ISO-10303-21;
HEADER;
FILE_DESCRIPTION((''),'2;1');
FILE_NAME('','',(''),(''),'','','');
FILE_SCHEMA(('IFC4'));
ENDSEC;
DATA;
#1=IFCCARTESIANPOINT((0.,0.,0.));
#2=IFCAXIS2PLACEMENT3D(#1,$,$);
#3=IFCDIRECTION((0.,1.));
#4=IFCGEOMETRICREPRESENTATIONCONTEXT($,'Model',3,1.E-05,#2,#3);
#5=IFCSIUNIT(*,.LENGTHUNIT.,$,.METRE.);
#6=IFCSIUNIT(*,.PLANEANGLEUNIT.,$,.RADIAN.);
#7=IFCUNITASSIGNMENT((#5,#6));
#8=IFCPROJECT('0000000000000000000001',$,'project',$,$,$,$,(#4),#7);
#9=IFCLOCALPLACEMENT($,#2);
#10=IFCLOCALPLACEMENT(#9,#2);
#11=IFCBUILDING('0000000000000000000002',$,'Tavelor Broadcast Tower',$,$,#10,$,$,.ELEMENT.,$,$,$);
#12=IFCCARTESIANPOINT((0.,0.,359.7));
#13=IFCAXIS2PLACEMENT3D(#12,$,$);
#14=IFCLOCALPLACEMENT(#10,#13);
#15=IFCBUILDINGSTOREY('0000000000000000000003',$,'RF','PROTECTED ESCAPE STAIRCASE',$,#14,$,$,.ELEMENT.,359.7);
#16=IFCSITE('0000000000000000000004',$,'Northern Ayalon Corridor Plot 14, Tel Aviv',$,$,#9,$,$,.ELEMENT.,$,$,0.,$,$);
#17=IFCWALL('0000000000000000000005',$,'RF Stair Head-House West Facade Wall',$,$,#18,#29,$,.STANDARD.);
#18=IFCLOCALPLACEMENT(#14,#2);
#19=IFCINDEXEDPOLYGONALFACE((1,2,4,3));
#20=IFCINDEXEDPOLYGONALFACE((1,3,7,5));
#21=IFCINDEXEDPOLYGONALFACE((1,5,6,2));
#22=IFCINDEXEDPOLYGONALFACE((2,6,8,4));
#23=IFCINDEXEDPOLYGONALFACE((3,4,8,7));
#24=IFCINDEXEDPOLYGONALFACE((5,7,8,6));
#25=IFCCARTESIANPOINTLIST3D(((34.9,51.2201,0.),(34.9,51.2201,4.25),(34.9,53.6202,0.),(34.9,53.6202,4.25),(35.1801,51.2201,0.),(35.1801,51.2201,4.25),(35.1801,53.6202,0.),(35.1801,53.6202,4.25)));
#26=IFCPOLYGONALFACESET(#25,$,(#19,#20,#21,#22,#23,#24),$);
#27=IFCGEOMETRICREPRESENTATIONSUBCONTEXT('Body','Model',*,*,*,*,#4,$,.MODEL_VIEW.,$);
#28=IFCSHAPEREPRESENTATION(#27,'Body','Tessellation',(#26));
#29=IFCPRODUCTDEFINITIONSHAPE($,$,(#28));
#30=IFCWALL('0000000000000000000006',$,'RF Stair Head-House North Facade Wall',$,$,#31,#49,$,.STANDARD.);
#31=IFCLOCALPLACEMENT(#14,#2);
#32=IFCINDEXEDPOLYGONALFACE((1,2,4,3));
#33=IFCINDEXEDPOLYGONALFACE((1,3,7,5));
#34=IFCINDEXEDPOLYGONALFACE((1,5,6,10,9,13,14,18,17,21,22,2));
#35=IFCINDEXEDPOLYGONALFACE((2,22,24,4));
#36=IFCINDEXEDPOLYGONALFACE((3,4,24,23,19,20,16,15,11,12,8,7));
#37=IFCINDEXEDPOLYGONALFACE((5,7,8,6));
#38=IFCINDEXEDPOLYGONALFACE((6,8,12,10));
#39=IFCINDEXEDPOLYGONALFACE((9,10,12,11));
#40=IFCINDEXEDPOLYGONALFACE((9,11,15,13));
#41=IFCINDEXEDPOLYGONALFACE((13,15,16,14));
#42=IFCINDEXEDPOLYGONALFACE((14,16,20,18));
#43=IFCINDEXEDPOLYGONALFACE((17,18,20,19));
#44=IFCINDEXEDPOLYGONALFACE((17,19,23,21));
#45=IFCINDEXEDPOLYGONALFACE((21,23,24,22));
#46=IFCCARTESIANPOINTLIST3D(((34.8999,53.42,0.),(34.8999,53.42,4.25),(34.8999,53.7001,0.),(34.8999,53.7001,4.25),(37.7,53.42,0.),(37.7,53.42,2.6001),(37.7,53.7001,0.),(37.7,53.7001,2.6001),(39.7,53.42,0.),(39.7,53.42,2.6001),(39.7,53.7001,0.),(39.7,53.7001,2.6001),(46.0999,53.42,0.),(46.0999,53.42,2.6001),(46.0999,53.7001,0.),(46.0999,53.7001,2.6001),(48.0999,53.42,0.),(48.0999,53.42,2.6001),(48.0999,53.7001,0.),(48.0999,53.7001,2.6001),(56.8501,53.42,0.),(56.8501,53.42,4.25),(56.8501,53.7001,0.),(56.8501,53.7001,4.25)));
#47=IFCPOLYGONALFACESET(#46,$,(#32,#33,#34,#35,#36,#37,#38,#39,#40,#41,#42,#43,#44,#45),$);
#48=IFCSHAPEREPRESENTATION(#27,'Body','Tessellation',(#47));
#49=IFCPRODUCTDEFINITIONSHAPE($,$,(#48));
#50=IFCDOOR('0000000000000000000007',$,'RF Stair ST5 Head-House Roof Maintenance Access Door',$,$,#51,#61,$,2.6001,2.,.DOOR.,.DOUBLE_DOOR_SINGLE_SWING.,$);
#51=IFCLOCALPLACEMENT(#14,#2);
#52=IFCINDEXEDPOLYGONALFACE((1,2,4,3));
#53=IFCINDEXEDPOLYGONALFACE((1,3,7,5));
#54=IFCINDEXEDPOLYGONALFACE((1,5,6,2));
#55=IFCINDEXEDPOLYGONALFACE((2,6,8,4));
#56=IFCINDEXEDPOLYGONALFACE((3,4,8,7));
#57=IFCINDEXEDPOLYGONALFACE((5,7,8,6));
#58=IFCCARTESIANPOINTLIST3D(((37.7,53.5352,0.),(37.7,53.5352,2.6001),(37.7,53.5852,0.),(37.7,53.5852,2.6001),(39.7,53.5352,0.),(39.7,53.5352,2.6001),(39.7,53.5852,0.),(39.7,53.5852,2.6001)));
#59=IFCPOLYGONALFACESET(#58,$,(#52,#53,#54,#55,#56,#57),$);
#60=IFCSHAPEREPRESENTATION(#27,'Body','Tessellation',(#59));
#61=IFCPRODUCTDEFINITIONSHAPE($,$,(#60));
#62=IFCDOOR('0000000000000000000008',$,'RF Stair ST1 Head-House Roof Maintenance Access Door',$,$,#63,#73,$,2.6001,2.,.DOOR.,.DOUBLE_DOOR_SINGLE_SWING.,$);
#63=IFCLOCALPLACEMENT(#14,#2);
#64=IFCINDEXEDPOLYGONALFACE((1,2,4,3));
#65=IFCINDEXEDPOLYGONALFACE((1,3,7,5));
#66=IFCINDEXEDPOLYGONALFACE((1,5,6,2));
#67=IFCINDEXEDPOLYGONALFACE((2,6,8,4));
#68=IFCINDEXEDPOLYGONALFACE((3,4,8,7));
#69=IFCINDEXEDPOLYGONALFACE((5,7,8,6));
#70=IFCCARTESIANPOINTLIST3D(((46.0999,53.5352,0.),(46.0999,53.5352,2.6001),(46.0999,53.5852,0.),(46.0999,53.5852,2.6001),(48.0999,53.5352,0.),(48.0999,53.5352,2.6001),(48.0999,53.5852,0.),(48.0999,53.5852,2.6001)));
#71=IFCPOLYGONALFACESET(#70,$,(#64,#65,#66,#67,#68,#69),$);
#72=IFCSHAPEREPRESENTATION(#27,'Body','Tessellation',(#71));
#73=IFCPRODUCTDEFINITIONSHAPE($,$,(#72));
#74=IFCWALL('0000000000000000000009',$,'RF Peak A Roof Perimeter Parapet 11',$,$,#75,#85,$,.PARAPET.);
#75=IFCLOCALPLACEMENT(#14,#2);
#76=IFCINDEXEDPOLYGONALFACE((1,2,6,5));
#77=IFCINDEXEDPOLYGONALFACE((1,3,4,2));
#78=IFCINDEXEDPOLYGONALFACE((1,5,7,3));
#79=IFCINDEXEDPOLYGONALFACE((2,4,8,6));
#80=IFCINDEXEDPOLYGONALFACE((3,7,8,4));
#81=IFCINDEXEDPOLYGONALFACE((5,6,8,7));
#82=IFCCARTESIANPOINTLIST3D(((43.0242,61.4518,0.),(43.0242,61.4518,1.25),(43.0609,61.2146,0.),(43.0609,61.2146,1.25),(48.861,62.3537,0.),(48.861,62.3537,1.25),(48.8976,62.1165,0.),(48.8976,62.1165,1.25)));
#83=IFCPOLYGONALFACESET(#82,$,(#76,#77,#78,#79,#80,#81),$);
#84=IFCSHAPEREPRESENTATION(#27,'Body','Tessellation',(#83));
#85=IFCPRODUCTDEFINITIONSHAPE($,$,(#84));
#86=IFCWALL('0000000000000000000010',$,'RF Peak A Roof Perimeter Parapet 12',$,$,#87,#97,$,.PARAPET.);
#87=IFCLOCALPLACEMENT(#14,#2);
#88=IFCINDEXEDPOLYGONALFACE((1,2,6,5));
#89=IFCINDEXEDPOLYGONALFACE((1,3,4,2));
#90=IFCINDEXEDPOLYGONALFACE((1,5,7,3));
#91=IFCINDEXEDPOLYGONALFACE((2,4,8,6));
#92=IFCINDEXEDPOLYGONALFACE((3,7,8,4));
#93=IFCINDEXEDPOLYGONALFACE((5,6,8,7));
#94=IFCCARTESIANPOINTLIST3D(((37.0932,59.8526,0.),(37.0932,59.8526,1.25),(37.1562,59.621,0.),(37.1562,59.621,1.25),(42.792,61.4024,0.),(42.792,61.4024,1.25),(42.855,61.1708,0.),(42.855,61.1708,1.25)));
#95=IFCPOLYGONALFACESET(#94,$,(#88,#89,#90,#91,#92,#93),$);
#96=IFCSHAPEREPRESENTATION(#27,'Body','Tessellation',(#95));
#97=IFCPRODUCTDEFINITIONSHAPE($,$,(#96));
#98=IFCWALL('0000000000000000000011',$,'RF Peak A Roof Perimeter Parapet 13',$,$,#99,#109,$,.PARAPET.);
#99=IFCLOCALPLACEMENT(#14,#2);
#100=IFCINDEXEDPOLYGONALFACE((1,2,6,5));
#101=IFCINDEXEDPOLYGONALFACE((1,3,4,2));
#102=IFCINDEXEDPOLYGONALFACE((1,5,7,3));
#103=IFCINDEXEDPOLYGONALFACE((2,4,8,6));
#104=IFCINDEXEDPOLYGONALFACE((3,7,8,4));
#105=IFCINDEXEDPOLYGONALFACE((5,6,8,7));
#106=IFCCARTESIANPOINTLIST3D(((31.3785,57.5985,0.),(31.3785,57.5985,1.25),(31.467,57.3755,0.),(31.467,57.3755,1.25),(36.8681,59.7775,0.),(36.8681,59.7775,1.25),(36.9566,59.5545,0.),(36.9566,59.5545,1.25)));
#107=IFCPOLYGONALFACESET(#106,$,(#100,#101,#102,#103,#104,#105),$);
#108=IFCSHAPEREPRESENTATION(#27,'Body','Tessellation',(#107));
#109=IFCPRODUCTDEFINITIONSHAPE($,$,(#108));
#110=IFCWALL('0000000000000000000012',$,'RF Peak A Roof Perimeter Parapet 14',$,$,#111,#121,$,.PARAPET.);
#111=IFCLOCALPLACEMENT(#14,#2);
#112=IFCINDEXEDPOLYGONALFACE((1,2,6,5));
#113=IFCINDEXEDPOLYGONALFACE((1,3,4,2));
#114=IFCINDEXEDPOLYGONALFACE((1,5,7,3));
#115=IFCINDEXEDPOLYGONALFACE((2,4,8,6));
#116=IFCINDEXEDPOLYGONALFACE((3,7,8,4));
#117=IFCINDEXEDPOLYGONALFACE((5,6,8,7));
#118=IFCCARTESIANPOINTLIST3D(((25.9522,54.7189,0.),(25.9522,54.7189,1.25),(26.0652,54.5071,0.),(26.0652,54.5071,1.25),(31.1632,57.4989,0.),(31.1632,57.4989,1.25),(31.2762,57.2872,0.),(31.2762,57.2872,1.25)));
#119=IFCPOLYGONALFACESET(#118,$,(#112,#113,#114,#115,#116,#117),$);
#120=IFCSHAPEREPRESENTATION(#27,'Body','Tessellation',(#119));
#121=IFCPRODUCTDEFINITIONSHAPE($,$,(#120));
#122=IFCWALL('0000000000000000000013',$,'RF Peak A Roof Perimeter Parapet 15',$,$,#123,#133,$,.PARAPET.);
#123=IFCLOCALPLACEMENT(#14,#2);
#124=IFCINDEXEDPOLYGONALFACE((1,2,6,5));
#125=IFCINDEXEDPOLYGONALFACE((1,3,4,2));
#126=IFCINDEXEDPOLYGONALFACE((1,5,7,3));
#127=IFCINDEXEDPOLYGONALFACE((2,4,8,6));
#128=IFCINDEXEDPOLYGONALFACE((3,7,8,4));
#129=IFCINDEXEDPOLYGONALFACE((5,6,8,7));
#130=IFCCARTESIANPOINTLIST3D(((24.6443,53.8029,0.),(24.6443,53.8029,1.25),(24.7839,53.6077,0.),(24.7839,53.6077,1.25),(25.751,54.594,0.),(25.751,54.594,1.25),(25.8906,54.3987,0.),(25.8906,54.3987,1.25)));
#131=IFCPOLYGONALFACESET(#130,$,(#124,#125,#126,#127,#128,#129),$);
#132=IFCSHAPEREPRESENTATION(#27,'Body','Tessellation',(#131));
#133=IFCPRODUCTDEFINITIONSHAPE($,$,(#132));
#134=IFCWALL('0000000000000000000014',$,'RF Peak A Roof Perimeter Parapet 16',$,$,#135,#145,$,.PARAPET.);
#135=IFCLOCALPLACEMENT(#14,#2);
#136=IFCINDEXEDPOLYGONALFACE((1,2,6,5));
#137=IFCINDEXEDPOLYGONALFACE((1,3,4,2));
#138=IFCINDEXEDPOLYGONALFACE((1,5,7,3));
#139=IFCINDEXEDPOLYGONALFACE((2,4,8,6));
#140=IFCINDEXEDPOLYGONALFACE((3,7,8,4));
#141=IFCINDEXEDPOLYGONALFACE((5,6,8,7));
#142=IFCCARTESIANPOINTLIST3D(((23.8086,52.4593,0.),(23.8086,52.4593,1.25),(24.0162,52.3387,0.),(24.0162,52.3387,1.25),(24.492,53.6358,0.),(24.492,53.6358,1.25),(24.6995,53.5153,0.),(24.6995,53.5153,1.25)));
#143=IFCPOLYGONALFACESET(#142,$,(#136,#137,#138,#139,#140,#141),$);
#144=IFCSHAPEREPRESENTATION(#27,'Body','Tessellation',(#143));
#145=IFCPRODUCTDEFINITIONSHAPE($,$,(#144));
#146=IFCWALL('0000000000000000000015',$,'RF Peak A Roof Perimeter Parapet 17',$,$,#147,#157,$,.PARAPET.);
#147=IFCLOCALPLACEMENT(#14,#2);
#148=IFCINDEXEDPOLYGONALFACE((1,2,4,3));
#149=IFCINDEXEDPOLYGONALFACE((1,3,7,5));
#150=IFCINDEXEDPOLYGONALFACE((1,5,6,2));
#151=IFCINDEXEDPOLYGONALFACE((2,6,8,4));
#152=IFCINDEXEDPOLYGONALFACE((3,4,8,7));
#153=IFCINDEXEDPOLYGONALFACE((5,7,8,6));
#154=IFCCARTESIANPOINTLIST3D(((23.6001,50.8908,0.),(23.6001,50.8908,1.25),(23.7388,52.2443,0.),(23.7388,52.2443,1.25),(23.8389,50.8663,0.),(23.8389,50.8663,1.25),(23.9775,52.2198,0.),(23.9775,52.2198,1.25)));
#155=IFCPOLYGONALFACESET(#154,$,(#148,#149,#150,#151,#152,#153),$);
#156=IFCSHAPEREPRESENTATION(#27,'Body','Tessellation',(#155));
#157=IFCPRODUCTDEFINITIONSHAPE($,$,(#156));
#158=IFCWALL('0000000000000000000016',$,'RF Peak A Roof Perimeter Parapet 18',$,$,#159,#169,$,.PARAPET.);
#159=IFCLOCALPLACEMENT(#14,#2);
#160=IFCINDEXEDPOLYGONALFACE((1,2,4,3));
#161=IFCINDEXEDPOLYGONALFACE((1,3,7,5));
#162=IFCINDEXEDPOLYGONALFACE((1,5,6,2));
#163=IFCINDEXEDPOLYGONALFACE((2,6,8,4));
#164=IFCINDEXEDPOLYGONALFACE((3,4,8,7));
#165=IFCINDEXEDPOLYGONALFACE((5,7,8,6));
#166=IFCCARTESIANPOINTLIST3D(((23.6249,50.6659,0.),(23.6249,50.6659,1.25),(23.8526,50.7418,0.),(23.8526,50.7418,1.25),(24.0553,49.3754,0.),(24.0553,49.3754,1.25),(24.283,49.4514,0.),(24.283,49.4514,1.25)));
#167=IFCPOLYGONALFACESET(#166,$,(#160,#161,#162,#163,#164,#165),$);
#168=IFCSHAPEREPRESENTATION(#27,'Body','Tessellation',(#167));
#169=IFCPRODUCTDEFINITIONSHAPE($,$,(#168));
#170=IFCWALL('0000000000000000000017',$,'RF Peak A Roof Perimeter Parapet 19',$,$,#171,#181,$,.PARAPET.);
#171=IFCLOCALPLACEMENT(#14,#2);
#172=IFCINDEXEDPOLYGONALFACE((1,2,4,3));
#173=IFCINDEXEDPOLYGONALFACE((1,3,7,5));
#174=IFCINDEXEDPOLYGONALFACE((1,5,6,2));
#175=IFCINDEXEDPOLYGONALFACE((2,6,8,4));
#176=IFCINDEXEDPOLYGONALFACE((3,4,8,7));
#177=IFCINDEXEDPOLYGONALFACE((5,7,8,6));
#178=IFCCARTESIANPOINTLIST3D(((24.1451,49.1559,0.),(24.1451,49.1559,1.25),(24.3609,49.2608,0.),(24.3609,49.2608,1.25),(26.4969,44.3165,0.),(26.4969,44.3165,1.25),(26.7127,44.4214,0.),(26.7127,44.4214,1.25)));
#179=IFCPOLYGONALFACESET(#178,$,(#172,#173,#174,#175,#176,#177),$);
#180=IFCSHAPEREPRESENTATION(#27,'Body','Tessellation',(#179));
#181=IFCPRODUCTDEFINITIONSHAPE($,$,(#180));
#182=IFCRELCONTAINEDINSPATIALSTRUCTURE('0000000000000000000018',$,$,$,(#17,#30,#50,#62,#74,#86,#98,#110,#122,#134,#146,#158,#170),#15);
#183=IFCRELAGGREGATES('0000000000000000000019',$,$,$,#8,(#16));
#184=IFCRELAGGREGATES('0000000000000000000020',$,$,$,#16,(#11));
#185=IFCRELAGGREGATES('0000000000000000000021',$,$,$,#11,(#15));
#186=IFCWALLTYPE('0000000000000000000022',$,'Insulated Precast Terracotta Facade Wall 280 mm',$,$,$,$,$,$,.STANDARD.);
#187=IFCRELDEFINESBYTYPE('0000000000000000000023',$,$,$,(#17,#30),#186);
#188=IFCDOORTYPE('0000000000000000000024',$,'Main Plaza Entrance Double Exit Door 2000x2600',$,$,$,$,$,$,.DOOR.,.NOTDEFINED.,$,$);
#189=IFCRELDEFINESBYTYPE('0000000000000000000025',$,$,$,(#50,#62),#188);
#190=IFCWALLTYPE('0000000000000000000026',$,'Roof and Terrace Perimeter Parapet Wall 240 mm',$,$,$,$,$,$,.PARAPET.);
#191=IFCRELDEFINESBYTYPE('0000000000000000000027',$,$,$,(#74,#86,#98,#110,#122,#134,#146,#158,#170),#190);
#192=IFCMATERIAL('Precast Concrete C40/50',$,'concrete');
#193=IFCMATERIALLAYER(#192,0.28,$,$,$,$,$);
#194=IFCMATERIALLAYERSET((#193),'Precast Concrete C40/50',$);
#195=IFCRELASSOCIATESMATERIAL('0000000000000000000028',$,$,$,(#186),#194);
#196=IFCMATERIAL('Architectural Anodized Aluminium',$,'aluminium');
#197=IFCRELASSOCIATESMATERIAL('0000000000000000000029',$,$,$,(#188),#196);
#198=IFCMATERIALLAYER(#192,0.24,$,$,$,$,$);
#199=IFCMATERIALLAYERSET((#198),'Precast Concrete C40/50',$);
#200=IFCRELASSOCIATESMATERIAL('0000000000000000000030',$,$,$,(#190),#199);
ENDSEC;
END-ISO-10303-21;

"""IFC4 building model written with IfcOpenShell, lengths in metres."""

from ifc_helpers import new_model, si_unit, direction, frame, frame_2d, origin, place, context, subcontext, project, spatial, rectangle, extrude, material, layer, layer_set, type_object, element, fill, save


model = new_model("IFC4")

# Units and contexts
model_context = context("Model", 3, precision=1e-05, world=origin(), true_north=direction((0.0, 1.0)))
body_context = subcontext(model_context, "Body", "Model", "MODEL_VIEW")
ifc_project = project(units=[si_unit("LENGTHUNIT", "METRE"), si_unit("PLANEANGLEUNIT", "RADIAN")], contexts=[model_context])

# Site, building, storey
site_placement = place(None, origin())
site = spatial("IfcSite", under=ifc_project, at=site_placement, Name="Northern Ayalon Corridor Plot 14, Tel Aviv", CompositionType="ELEMENT", RefElevation=0.0)
building_placement = place(site_placement, origin())
building = spatial("IfcBuilding", under=site, at=building_placement, Name="Tavelor Broadcast Tower", CompositionType="ELEMENT")
storey_placement = place(building_placement, frame((0.0, 0.0, 359.7)))
storey = spatial("IfcBuildingStorey", under=building, at=storey_placement, Name="RF", Description="PROTECTED ESCAPE STAIRCASE", CompositionType="ELEMENT", Elevation=359.7)

# Wall
ifc_material_1 = material(Name="Precast Concrete C40/50", Category="concrete")
ifc_layer_1 = layer(ifc_material_1, 0.28)
ifc_layer_set_1 = layer_set([ifc_layer_1], Name="Precast Concrete C40/50")
wall_type_1 = type_object("IfcWallType", Name="Insulated Precast Terracotta Facade Wall 280 mm", PredefinedType="STANDARD", material=ifc_layer_set_1)
wall_1_placement = place(storey_placement, frame((35.04, 51.22, 0.0), z_axis=(0.0, 0.0, 1.0), x_axis=(0.0, 1.0, 0.0)))
element("IfcWall", 1, at=wall_1_placement, inside=storey, type_object=wall_type_1, Name="RF Stair Head-House West Facade Wall", PredefinedType="STANDARD", context=body_context, shape_type="SweptSolid", body=[
    extrude(rectangle(XDim=2.4001, YDim=0.28, at=frame_2d((1.2002, 0.0))), origin(), (0.0, 0.0, 1.0), 4.25),
])

# Wall, openings, doors
wall_2_placement = place(storey_placement, frame((34.8999, 53.5601, 0.0), z_axis=(0.0, 0.0, 1.0), x_axis=(1.0, 0.0, 0.0)))
wall_2 = element("IfcWall", 2, at=wall_2_placement, inside=storey, type_object=wall_type_1, Name="RF Stair Head-House North Facade Wall", PredefinedType="STANDARD", context=body_context, shape_type="SweptSolid", body=[
    extrude(rectangle(XDim=21.9502, YDim=0.28, at=frame_2d((10.9751, 0.0))), origin(), (0.0, 0.0, 1.0), 4.25),
])
opening_1_placement = place(wall_2_placement, frame((2.8, 0.0, 0.0)))
opening_1 = element("IfcOpeningElement", 3, at=opening_1_placement, cuts=wall_2, PredefinedType="OPENING", context=body_context, shape_type="SweptSolid", body=[
    extrude(rectangle(XDim=2.0, YDim=2.6001, at=frame_2d((1.0, 1.3))), frame((0.0, 0.1499, 0.0), z_axis=(0.0, -1.0, 0.0), x_axis=(1.0, 0.0, 0.0)), (0.0, 0.0, 1.0), 0.3),
])
opening_2_placement = place(wall_2_placement, frame((11.2, 0.0, 0.0)))
opening_2 = element("IfcOpeningElement", 4, at=opening_2_placement, cuts=wall_2, PredefinedType="OPENING", context=body_context, shape_type="SweptSolid", body=[
    extrude(rectangle(XDim=2.0, YDim=2.6001, at=frame_2d((1.0, 1.3))), frame((0.0, 0.1499, 0.0), z_axis=(0.0, -1.0, 0.0), x_axis=(1.0, 0.0, 0.0)), (0.0, 0.0, 1.0), 0.3),
])
ifc_material_2 = material(Name="Architectural Anodized Aluminium", Category="aluminium")
door_type_1 = type_object("IfcDoorType", Name="Main Plaza Entrance Double Exit Door 2000x2600", OperationType="NOTDEFINED", PredefinedType="DOOR", material=ifc_material_2)
door_1_placement = place(opening_1_placement, frame((2.0, 0.0, 0.0), z_axis=(0.0, 0.0, 1.0), x_axis=(-1.0, 0.0, 0.0)))
door_1 = element("IfcDoor", 5, at=door_1_placement, inside=storey, type_object=door_type_1, Name="RF Stair ST5 Head-House Roof Maintenance Access Door", OperationType="DOUBLE_DOOR_SINGLE_SWING", OverallHeight=2.6001, OverallWidth=2.0, PredefinedType="DOOR", context=body_context, shape_type="SweptSolid", body=[
    extrude(rectangle(XDim=2.0, YDim=2.6001, at=frame_2d((1.0, 1.3))), frame((0.0, 0.0249, 0.0), z_axis=(0.0, -1.0, 0.0), x_axis=(1.0, 0.0, 0.0)), (0.0, 0.0, 1.0), 0.05),
])
fill(opening_1, door_1)
door_2_placement = place(opening_2_placement, frame((2.0, 0.0, 0.0), z_axis=(0.0, 0.0, 1.0), x_axis=(-1.0, 0.0, 0.0)))
door_2 = element("IfcDoor", 6, at=door_2_placement, inside=storey, type_object=door_type_1, Name="RF Stair ST1 Head-House Roof Maintenance Access Door", OperationType="DOUBLE_DOOR_SINGLE_SWING", OverallHeight=2.6001, OverallWidth=2.0, PredefinedType="DOOR", context=body_context, shape_type="SweptSolid", body=[
    extrude(rectangle(XDim=2.0, YDim=2.6001, at=frame_2d((1.0, 1.3))), frame((0.0, 0.0249, 0.0), z_axis=(0.0, -1.0, 0.0), x_axis=(1.0, 0.0, 0.0)), (0.0, 0.0, 1.0), 0.05),
])
fill(opening_2, door_2)

# Walls
ifc_layer_2 = layer(ifc_material_1, 0.24)
ifc_layer_set_2 = layer_set([ifc_layer_2], Name="Precast Concrete C40/50")
wall_type_2 = type_object("IfcWallType", Name="Roof and Terrace Perimeter Parapet Wall 240 mm", PredefinedType="PARAPET", material=ifc_layer_set_2)
wall_3_placement = place(storey_placement, frame((48.8794, 62.2351, 0.0), z_axis=(0.0, 0.0, 1.0), x_axis=(-0.988272, -0.152703, 0.0)))
element("IfcWall", 7, at=wall_3_placement, inside=storey, type_object=wall_type_2, Name="RF Peak A Roof Perimeter Parapet 11", PredefinedType="PARAPET", context=body_context, shape_type="SweptSolid", body=[
    extrude(rectangle(XDim=5.906, YDim=0.24, at=frame_2d((2.9531, 0.0))), origin(), (0.0, 0.0, 1.0), 1.25),
])
wall_4_placement = place(storey_placement, frame((42.8235, 61.2866, 0.0), z_axis=(0.0, 0.0, 1.0), x_axis=(-0.964952, -0.262425, 0.0)))
element("IfcWall", 8, at=wall_4_placement, inside=storey, type_object=wall_type_2, Name="RF Peak A Roof Perimeter Parapet 12", PredefinedType="PARAPET", context=body_context, shape_type="SweptSolid", body=[
    extrude(rectangle(XDim=5.9058, YDim=0.24, at=frame_2d((2.9529, 0.0))), origin(), (0.0, 0.0, 1.0), 1.25),
])
for number, where, z_axis, x_axis, name in (
    (9, (36.9124, 59.666, 0.0), (0.0, 0.0, 1.0), (-0.929457, -0.368931, 0.0), "RF Peak A Roof Perimeter Parapet 13"),
    (10, (31.2197, 57.3931, 0.0), (0.0, 0.0, 1.0), (-0.882292, -0.470702, 0.0), "RF Peak A Roof Perimeter Parapet 14"),
):
    element("IfcWall", number, at=place(storey_placement, frame(where, z_axis=z_axis, x_axis=x_axis)), inside=storey, type_object=wall_type_2, Name=name, PredefinedType="PARAPET", context=body_context, shape_type="SweptSolid", body=[
        extrude(rectangle(XDim=5.9062, YDim=0.24, at=frame_2d((2.9531, 0.0))), origin(), (0.0, 0.0, 1.0), 1.25),
    ])
wall_5_placement = place(storey_placement, frame((25.8208, 54.4963, 0.0), z_axis=(0.0, 0.0, 1.0), x_axis=(-0.813552, -0.581493, 0.0)))
element("IfcWall", 11, at=wall_5_placement, inside=storey, type_object=wall_type_2, Name="RF Peak A Roof Perimeter Parapet 15", PredefinedType="PARAPET", context=body_context, shape_type="SweptSolid", body=[
    extrude(rectangle(XDim=1.3604, YDim=0.24, at=frame_2d((0.6802, 0.0))), origin(), (0.0, 0.0, 1.0), 1.25),
])
for number, where, z_axis, x_axis, name in (
    (12, (24.5957, 53.5754, 0.0), (0.0, 0.0, 1.0), (-0.502252, -0.864721, 0.0), "RF Peak A Roof Perimeter Parapet 16"),
    (13, (23.8582, 52.2319, 0.0), (0.0, 0.0, 1.0), (-0.10192, -0.994793, 0.0), "RF Peak A Roof Perimeter Parapet 17"),
):
    element("IfcWall", number, at=place(storey_placement, frame(where, z_axis=z_axis, x_axis=x_axis)), inside=storey, type_object=wall_type_2, Name=name, PredefinedType="PARAPET", context=body_context, shape_type="SweptSolid", body=[
        extrude(rectangle(XDim=1.3606, YDim=0.24, at=frame_2d((0.6802, 0.0))), origin(), (0.0, 0.0, 1.0), 1.25),
    ])
wall_6_placement = place(storey_placement, frame((23.7388, 50.7039, 0.0), z_axis=(0.0, 0.0, 1.0), x_axis=(0.316389, -0.948629, 0.0)))
element("IfcWall", 14, at=wall_6_placement, inside=storey, type_object=wall_type_2, Name="RF Peak A Roof Perimeter Parapet 18", PredefinedType="PARAPET", context=body_context, shape_type="SweptSolid", body=[
    extrude(rectangle(XDim=1.3604, YDim=0.24, at=frame_2d((0.6802, 0.0))), origin(), (0.0, 0.0, 1.0), 1.25),
])
wall_7_placement = place(storey_placement, frame((24.2529, 49.2085, 0.0), z_axis=(0.0, 0.0, 1.0), x_axis=(0.437094, -0.899416, 0.0)))
element("IfcWall", 15, at=wall_7_placement, inside=storey, type_object=wall_type_2, Name="RF Peak A Roof Perimeter Parapet 19", PredefinedType="PARAPET", context=body_context, shape_type="SweptSolid", body=[
    extrude(rectangle(XDim=5.3806, YDim=0.24, at=frame_2d((2.6904, 0.0))), origin(), (0.0, 0.0, 1.0), 1.25),
])

save(model, "model.ifc")
